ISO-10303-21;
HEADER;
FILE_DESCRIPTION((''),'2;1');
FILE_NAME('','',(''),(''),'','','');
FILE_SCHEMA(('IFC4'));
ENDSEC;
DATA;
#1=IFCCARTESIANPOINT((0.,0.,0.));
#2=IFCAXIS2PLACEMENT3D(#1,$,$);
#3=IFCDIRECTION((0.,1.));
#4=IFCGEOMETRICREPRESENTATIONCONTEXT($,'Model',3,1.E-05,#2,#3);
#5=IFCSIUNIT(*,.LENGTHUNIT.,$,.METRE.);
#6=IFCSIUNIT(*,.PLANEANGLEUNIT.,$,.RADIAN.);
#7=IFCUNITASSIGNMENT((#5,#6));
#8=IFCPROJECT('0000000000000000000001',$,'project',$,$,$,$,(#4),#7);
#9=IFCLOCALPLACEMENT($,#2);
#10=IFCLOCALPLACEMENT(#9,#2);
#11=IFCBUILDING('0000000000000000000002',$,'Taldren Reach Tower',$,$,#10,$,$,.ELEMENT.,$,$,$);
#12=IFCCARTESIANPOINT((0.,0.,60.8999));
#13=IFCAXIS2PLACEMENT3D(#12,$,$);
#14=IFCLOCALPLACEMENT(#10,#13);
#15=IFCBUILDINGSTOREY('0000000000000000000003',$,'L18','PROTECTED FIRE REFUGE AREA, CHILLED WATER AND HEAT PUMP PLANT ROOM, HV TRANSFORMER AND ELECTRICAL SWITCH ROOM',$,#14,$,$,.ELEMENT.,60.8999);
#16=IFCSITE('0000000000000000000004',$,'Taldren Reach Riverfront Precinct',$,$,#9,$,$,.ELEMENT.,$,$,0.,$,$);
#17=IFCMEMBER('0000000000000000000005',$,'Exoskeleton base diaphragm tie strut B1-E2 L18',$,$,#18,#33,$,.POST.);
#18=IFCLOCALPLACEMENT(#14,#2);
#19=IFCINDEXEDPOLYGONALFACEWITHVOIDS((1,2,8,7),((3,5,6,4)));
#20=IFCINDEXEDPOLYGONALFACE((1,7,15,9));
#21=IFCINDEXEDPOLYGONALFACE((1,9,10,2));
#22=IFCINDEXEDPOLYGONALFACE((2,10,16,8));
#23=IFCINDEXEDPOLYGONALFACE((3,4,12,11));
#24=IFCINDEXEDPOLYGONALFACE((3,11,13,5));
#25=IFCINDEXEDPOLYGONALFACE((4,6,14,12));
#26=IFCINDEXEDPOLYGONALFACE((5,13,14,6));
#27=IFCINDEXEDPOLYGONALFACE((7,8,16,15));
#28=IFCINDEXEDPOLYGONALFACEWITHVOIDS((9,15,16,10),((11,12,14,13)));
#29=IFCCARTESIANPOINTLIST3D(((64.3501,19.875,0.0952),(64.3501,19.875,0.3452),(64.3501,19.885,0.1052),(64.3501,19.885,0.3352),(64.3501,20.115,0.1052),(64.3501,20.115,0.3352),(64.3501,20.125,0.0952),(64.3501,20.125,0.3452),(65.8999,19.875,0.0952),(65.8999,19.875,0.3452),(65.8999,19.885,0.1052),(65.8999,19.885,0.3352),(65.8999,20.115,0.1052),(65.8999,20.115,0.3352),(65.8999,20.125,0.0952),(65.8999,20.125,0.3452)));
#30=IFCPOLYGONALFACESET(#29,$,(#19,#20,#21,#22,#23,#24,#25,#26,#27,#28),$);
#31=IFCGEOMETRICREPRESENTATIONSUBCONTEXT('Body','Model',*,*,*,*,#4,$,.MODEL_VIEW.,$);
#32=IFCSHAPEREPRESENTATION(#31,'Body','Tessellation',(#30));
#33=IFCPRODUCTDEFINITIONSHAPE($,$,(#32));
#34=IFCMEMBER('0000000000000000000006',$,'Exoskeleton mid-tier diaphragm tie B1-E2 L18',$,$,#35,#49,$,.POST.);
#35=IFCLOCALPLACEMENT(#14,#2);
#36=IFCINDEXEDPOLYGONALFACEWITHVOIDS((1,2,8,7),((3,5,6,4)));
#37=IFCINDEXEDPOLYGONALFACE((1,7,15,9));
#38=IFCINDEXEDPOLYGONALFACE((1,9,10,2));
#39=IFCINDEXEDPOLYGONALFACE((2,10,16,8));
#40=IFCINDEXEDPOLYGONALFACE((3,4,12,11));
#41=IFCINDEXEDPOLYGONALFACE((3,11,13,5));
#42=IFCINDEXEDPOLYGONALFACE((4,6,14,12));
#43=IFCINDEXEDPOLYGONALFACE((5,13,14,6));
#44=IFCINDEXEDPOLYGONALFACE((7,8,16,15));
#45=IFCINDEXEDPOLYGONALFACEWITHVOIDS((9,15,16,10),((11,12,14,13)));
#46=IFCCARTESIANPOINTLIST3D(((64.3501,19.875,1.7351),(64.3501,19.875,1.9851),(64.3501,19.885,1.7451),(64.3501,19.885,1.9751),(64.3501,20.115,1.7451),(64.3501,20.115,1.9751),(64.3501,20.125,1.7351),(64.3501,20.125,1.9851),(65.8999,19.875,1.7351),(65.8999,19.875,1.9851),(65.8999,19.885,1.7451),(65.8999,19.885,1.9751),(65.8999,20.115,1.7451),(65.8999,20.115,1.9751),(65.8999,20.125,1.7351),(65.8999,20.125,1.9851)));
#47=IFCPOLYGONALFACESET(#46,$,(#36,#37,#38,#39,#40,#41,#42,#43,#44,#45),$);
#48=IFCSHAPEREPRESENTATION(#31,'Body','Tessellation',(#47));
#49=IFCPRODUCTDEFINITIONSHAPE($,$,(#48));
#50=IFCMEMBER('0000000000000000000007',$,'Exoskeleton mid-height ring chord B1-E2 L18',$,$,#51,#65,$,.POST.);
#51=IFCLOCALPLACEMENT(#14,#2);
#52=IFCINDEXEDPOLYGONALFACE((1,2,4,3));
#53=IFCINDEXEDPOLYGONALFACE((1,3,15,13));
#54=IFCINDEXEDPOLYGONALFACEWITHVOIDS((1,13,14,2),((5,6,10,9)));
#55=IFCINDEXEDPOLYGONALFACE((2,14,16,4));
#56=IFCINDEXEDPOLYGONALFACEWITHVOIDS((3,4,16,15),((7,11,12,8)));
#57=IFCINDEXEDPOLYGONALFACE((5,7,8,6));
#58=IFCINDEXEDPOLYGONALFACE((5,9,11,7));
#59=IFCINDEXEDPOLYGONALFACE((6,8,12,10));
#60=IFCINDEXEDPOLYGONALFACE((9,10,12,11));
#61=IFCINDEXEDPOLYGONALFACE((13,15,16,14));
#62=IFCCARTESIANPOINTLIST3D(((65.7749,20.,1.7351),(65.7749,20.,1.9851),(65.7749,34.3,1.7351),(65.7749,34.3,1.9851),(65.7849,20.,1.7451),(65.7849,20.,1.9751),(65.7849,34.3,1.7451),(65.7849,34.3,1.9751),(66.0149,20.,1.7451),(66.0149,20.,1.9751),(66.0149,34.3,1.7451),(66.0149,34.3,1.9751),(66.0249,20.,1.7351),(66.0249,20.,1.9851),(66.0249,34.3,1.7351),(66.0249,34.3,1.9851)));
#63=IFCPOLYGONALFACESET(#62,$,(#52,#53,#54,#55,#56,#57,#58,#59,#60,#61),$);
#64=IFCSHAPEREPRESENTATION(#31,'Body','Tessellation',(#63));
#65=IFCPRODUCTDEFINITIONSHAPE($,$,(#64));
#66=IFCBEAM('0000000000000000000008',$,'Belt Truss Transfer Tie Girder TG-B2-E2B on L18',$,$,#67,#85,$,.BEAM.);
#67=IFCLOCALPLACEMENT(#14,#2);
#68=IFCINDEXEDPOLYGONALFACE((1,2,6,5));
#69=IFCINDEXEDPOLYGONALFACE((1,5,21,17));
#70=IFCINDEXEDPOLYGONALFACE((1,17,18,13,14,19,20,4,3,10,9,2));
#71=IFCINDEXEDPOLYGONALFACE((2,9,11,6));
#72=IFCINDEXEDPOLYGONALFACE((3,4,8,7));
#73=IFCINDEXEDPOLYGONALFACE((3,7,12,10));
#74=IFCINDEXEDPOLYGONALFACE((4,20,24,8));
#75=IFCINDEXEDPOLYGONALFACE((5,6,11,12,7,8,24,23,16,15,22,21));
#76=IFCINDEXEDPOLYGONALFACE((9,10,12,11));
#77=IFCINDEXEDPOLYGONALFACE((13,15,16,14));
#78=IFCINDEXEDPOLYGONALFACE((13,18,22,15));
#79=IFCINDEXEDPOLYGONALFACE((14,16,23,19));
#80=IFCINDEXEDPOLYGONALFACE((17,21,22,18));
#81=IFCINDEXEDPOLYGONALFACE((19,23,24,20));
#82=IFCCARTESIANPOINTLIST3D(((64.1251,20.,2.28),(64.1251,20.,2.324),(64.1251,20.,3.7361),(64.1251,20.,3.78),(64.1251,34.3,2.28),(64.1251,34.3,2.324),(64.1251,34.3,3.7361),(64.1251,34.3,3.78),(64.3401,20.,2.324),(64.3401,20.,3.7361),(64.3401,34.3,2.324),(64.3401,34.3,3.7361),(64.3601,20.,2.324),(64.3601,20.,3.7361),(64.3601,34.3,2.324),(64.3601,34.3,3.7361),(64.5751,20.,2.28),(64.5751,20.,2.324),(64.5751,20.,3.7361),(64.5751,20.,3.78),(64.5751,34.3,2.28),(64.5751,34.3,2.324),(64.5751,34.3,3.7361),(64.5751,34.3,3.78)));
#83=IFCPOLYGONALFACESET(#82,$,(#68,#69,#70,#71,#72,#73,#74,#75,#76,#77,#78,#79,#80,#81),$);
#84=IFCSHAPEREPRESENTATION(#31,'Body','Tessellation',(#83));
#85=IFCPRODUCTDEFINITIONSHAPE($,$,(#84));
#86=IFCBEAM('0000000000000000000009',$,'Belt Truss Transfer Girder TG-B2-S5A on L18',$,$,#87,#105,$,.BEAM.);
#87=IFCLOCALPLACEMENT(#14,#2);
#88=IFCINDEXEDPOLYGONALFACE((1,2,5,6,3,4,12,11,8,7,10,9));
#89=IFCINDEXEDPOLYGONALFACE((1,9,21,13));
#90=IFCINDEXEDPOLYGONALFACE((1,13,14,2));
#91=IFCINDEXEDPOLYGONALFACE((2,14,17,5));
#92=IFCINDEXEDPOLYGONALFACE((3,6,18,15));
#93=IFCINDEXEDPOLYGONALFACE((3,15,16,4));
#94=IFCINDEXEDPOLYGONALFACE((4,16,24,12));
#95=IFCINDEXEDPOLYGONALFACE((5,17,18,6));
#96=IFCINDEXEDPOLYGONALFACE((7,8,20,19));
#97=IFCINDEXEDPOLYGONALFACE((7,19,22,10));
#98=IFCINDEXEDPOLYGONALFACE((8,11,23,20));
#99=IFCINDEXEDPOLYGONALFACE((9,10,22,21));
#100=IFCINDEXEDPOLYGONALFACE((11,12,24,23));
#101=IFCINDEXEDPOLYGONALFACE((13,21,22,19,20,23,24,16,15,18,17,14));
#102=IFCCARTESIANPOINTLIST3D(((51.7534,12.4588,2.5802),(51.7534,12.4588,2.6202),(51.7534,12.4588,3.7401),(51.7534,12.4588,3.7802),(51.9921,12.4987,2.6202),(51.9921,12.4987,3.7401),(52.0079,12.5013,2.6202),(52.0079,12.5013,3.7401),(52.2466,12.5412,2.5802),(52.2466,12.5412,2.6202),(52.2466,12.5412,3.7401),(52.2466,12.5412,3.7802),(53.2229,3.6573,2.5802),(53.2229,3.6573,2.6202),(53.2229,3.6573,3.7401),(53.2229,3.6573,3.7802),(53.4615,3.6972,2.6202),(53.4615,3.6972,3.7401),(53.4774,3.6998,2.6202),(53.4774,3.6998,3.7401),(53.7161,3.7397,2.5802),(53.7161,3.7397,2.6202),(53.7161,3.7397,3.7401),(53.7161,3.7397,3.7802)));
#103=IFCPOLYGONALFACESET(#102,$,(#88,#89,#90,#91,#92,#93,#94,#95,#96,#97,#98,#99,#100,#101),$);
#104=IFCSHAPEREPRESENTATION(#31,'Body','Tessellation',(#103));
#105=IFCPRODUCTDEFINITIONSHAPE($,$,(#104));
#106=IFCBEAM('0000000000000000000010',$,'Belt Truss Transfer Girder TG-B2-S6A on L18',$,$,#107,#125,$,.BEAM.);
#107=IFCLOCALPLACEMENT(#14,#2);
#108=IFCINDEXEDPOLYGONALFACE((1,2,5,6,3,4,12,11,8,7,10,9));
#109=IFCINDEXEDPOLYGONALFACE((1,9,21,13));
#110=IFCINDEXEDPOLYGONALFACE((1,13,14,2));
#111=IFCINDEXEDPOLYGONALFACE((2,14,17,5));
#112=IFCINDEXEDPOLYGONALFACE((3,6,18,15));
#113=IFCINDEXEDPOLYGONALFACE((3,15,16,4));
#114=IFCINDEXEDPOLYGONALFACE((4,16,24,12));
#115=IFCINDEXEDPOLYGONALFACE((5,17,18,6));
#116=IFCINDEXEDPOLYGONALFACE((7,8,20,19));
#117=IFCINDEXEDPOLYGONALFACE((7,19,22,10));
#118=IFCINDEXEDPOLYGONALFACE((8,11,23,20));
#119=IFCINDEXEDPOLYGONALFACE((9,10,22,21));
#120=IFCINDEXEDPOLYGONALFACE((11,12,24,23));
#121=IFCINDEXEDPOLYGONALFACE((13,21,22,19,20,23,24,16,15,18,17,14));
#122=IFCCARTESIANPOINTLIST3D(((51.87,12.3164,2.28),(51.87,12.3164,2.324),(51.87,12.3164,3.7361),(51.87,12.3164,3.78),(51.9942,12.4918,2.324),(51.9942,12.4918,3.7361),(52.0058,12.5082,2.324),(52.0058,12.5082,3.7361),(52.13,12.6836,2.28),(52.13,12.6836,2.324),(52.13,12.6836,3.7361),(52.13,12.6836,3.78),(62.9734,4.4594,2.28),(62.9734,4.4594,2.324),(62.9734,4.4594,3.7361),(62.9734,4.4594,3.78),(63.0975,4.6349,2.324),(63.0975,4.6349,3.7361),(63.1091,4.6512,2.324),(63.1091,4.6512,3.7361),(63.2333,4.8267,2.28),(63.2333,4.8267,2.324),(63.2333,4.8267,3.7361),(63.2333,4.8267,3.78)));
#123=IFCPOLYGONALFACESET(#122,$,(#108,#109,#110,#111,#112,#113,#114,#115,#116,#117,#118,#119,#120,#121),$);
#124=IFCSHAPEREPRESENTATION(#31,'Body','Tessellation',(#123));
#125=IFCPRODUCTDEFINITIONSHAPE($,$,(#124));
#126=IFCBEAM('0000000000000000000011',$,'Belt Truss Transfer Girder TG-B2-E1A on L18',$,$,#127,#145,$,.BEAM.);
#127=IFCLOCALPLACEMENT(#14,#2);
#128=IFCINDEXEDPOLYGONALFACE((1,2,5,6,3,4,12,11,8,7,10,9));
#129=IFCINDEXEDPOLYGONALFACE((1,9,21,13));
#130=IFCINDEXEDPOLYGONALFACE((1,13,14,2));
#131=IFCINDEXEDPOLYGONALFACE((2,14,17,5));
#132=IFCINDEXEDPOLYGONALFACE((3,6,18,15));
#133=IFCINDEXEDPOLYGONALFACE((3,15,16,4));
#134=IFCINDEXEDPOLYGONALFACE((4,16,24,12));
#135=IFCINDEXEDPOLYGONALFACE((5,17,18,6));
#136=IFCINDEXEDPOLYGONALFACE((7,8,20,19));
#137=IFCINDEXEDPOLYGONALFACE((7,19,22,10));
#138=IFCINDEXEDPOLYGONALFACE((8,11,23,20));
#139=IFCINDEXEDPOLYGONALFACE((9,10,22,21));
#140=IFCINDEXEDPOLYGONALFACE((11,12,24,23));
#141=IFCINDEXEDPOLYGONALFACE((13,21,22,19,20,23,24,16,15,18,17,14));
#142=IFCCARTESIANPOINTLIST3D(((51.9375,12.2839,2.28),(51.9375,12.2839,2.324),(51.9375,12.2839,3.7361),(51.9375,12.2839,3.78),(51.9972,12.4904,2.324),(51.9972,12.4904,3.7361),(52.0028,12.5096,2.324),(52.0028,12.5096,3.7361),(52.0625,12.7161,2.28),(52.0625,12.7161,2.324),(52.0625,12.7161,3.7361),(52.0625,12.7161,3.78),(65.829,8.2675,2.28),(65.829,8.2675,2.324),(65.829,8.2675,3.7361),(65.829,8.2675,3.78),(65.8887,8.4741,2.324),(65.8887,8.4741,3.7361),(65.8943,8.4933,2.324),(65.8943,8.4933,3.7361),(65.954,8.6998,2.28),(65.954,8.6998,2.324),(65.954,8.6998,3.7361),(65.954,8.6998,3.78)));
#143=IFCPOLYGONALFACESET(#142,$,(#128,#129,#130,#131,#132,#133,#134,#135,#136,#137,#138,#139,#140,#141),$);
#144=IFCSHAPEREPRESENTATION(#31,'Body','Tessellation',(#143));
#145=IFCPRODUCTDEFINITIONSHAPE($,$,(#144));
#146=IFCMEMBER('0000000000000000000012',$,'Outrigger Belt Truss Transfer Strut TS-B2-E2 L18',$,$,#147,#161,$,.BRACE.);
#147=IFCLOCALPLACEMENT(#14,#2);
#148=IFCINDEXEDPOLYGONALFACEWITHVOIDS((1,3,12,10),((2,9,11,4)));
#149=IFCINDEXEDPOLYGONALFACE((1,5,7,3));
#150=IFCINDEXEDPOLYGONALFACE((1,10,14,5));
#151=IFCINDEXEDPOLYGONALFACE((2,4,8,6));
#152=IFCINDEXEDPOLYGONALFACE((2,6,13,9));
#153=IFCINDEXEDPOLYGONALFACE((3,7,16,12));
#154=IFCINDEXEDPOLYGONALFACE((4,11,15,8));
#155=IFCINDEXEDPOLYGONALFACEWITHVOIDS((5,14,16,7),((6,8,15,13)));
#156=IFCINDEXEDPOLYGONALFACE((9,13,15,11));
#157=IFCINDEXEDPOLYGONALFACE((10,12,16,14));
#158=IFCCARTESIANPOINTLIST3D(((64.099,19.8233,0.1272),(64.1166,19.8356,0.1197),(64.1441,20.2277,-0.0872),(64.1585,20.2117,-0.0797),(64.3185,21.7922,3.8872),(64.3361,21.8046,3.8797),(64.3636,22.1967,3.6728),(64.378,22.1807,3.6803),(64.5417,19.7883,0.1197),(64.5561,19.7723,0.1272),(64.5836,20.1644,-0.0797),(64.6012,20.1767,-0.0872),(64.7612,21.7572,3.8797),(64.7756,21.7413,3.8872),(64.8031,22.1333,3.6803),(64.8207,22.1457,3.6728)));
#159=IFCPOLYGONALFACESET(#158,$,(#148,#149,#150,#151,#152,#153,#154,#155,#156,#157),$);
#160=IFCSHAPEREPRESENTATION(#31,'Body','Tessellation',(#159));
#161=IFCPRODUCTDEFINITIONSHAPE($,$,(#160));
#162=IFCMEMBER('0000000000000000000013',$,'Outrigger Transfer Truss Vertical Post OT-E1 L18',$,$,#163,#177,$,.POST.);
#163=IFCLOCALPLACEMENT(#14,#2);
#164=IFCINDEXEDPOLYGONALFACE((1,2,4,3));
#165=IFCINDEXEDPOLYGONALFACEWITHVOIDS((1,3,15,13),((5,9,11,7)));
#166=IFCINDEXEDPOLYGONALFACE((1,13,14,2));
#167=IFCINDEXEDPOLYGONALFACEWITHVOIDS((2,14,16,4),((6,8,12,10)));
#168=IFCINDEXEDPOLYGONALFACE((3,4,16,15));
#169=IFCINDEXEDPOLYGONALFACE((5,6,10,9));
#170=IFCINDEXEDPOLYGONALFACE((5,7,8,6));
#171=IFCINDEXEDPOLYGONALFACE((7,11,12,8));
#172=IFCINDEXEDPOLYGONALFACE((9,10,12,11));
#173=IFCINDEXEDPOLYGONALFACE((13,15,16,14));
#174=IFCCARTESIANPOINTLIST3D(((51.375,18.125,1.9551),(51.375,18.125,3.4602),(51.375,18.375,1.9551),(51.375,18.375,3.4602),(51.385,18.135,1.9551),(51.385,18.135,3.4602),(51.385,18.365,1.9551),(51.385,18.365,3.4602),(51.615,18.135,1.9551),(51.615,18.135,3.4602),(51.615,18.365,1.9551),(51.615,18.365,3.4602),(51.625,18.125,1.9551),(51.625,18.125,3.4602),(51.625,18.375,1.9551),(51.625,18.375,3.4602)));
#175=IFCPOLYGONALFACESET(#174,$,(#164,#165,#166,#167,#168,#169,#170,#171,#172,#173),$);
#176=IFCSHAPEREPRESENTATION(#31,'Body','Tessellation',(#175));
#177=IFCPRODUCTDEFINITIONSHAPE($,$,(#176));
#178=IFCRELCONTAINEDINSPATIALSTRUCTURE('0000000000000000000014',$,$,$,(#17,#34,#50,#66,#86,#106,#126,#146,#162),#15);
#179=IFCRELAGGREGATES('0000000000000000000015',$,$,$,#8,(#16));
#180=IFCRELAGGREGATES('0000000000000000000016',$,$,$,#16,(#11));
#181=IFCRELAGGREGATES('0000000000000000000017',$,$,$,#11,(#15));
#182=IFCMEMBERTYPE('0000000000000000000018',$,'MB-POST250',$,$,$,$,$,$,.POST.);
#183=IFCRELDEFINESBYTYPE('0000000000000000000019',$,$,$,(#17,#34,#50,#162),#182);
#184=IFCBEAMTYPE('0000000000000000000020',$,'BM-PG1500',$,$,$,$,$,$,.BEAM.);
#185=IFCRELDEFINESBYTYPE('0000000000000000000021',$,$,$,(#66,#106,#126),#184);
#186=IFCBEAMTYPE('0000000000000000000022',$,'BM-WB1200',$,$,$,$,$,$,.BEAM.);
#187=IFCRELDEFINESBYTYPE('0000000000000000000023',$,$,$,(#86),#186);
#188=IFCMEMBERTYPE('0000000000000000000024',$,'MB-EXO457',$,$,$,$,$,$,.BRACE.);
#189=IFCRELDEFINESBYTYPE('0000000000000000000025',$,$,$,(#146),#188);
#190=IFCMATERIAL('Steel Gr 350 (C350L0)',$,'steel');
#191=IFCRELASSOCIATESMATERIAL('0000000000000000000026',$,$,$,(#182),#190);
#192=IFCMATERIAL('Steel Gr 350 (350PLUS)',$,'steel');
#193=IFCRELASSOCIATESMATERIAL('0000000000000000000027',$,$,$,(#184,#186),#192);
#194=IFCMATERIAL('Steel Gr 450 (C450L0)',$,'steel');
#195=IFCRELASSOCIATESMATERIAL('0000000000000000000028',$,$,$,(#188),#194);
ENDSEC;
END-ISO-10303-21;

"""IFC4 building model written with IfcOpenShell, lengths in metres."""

from ifc_helpers import new_model, si_unit, direction, frame, origin, origin_2d, place, context, subcontext, project, spatial, hollow_rectangle, i_section, extrude, source, transform, mapped, material, material_profile, profile_set, type_object, element, save


model = new_model("IFC4")

# Units and contexts
model_context = context("Model", 3, precision=1e-05, world=origin(), true_north=direction((0.0, 1.0)))
body_context = subcontext(model_context, "Body", "Model", "MODEL_VIEW")
ifc_project = project(units=[si_unit("LENGTHUNIT", "METRE"), si_unit("PLANEANGLEUNIT", "RADIAN")], contexts=[model_context])

# Site, building, storey
site_placement = place(None, origin())
site = spatial("IfcSite", under=ifc_project, at=site_placement, Name="Taldren Reach Riverfront Precinct", CompositionType="ELEMENT", RefElevation=0.0)
building_placement = place(site_placement, origin())
building = spatial("IfcBuilding", under=site, at=building_placement, Name="Taldren Reach Tower", CompositionType="ELEMENT")
storey_placement = place(building_placement, frame((0.0, 0.0, 60.8999)))
storey = spatial("IfcBuildingStorey", under=building, at=storey_placement, Name="L18", Description="PROTECTED FIRE REFUGE AREA, CHILLED WATER AND HEAT PUMP PLANT ROOM, HV TRANSFORMER AND ELECTRICAL SWITCH ROOM", CompositionType="ELEMENT", Elevation=60.8999)

# Shared definitions
ifc_material_1 = material(Name="Steel Gr 350 (350PLUS)", Category="steel")

# Members
ifc_material_2 = material(Name="Steel Gr 450 (C450L0)", Category="steel")
ifc_material_3 = material(Name="Steel Gr 350 (C350L0)", Category="steel")
ifc_material_profile_1 = material_profile(ifc_material_3, hollow_rectangle(XDim=0.25, YDim=0.25, WallThickness=0.01, at=origin_2d()), Name="250x250x10.0SHS")
ifc_profile_set_1 = profile_set([ifc_material_profile_1], Name="Steel Gr 350 (C350L0)")
member_type_1 = type_object("IfcMemberType", Name="MB-POST250", PredefinedType="POST", material=ifc_profile_set_1)
shared_shape_1 = source(origin(), body_context, "Body", "SweptSolid", [
    extrude(hollow_rectangle(XDim=0.25, YDim=0.25, WallThickness=0.01, at=origin_2d()), origin(), (0.0, 0.0, 1.0), 1.5498),
])
for number, where, z_axis, x_axis, name in (
    (1, (64.3501, 20.0, 0.2202), (1.0, 0.0, 0.0), (0.0, 1.0, 0.0), "Exoskeleton base diaphragm tie strut B1-E2 L18"),
    (2, (64.3501, 20.0, 1.8601), (1.0, 0.0, 0.0), (0.0, 1.0, 0.0), "Exoskeleton mid-tier diaphragm tie B1-E2 L18"),
):
    element("IfcMember", number, at=place(storey_placement, frame(where, z_axis=z_axis, x_axis=x_axis)), inside=storey, type_object=member_type_1, Name=name, PredefinedType="POST", context=body_context, shape_type="MappedRepresentation", body=[
        mapped(shared_shape_1, transform((0.0, 0.0, 0.0), scale=1.0)),
    ])
shared_shape_2 = source(origin(), body_context, "Body", "SweptSolid", [
    extrude(hollow_rectangle(XDim=0.25, YDim=0.25, WallThickness=0.01, at=origin_2d()), origin(), (0.0, 0.0, 1.0), 14.3),
])
member_1_placement = place(storey_placement, frame((65.8999, 20.0, 1.8601), z_axis=(0.0, 1.0, 0.0), x_axis=(-1.0, 0.0, 0.0)))
element("IfcMember", 3, at=member_1_placement, inside=storey, type_object=member_type_1, Name="Exoskeleton mid-height ring chord B1-E2 L18", PredefinedType="POST", context=body_context, shape_type="MappedRepresentation", body=[
    mapped(shared_shape_2, transform((0.0, 0.0, 0.0), scale=1.0)),
])

# Beams
ifc_material_profile_2 = material_profile(ifc_material_1, i_section(OverallWidth=0.45, OverallDepth=1.5, WebThickness=0.02, FlangeThickness=0.0439, at=origin_2d()), Name="1500WB550")
ifc_profile_set_2 = profile_set([ifc_material_profile_2], Name="Steel Gr 350 (350PLUS)")
beam_type_1 = type_object("IfcBeamType", Name="BM-PG1500", PredefinedType="BEAM", material=ifc_profile_set_2)
shared_shape_3 = source(origin(), body_context, "Body", "SweptSolid", [
    extrude(i_section(OverallWidth=0.45, OverallDepth=1.5, WebThickness=0.02, FlangeThickness=0.0439, at=origin_2d()), origin(), (0.0, 0.0, 1.0), 14.3),
])
beam_1_placement = place(storey_placement, frame((64.3501, 20.0, 3.03), z_axis=(0.0, 1.0, 0.0), x_axis=(-1.0, 0.0, 0.0)))
element("IfcBeam", 4, at=beam_1_placement, inside=storey, type_object=beam_type_1, Name="Belt Truss Transfer Tie Girder TG-B2-E2B on L18", PredefinedType="BEAM", context=body_context, shape_type="MappedRepresentation", body=[
    mapped(shared_shape_3, transform((0.0, 0.0, 0.0), scale=1.0)),
])
ifc_material_profile_3 = material_profile(ifc_material_1, i_section(OverallWidth=0.5, OverallDepth=1.2, WebThickness=0.0161, FlangeThickness=0.04, at=origin_2d()), Name="1200WB455")
ifc_profile_set_3 = profile_set([ifc_material_profile_3], Name="Steel Gr 350 (350PLUS)")
beam_type_2 = type_object("IfcBeamType", Name="BM-WB1200", PredefinedType="BEAM", material=ifc_profile_set_3)
shared_shape_4 = source(origin(), body_context, "Body", "SweptSolid", [
    extrude(i_section(OverallWidth=0.5, OverallDepth=1.2, WebThickness=0.0161, FlangeThickness=0.04, at=origin_2d()), origin(), (0.0, 0.0, 1.0), 8.9233),
])
beam_2_placement = place(storey_placement, frame((52.0, 12.5, 3.1802), z_axis=(0.164678, -0.986347, 0.0), x_axis=(0.986347, 0.164678, 0.0)))
element("IfcBeam", 5, at=beam_2_placement, inside=storey, type_object=beam_type_2, Name="Belt Truss Transfer Girder TG-B2-S5A on L18", PredefinedType="BEAM", context=body_context, shape_type="MappedRepresentation", body=[
    mapped(shared_shape_4, transform((0.0, 0.0, 0.0), scale=1.0)),
])
shared_shape_5 = source(origin(), body_context, "Body", "SweptSolid", [
    extrude(i_section(OverallWidth=0.45, OverallDepth=1.5, WebThickness=0.02, FlangeThickness=0.0439, at=origin_2d()), origin(), (0.0, 0.0, 1.0), 13.6021),
])
beam_3_placement = place(storey_placement, frame((52.0, 12.5, 3.03), z_axis=(0.816298, -0.577631, 0.0), x_axis=(0.577631, 0.816298, 0.0)))
element("IfcBeam", 6, at=beam_3_placement, inside=storey, type_object=beam_type_1, Name="Belt Truss Transfer Girder TG-B2-S6A on L18", PredefinedType="BEAM", context=body_context, shape_type="MappedRepresentation", body=[
    mapped(shared_shape_5, transform((0.0, 0.0, 0.0), scale=1.0)),
])
shared_shape_6 = source(origin(), body_context, "Body", "SweptSolid", [
    extrude(i_section(OverallWidth=0.45, OverallDepth=1.5, WebThickness=0.02, FlangeThickness=0.0439, at=origin_2d()), origin(), (0.0, 0.0, 1.0), 14.4604),
])
beam_4_placement = place(storey_placement, frame((52.0, 12.5, 3.03), z_axis=(0.960655, -0.277746, 0.0), x_axis=(0.277746, 0.960655, 0.0)))
element("IfcBeam", 7, at=beam_4_placement, inside=storey, type_object=beam_type_1, Name="Belt Truss Transfer Girder TG-B2-E1A on L18", PredefinedType="BEAM", context=body_context, shape_type="MappedRepresentation", body=[
    mapped(shared_shape_6, transform((0.0, 0.0, 0.0), scale=1.0)),
])

# Members
ifc_material_profile_4 = material_profile(ifc_material_2, hollow_rectangle(XDim=0.46, YDim=0.46, WallThickness=0.0161, at=origin_2d()), Name="460x460x16.0SHS")
ifc_profile_set_4 = profile_set([ifc_material_profile_4], Name="Steel Gr 450 (C450L0)")
member_type_2 = type_object("IfcMemberType", Name="MB-EXO457", PredefinedType="BRACE", material=ifc_profile_set_4)
shared_shape_7 = source(origin(), body_context, "Body", "SweptSolid", [
    extrude(hollow_rectangle(XDim=0.46, YDim=0.46, WallThickness=0.0161, at=origin_2d()), origin(), (0.0, 0.0, 1.0), 4.25),
])
member_2_placement = place(storey_placement, frame((64.3501, 20.0, 0.02), z_axis=(0.051643, 0.463289, 0.884701), x_axis=(-0.993845, 0.110783, 0.0)))
element("IfcMember", 8, at=member_2_placement, inside=storey, type_object=member_type_2, Name="Outrigger Belt Truss Transfer Strut TS-B2-E2 L18", PredefinedType="BRACE", context=body_context, shape_type="MappedRepresentation", body=[
    mapped(shared_shape_7, transform((0.0, 0.0, 0.0), scale=1.0)),
])
shared_shape_8 = source(origin(), body_context, "Body", "SweptSolid", [
    extrude(hollow_rectangle(XDim=0.25, YDim=0.25, WallThickness=0.01, at=origin_2d()), origin(), (0.0, 0.0, 1.0), 1.5051),
])
member_3_placement = place(storey_placement, frame((51.5, 18.25, 1.9551), z_axis=(0.0, 0.0, 1.0), x_axis=(1.0, 0.0, 0.0)))
element("IfcMember", 9, at=member_3_placement, inside=storey, type_object=member_type_1, Name="Outrigger Transfer Truss Vertical Post OT-E1 L18", PredefinedType="POST", context=body_context, shape_type="MappedRepresentation", body=[
    mapped(shared_shape_8, transform((0.0, 0.0, 0.0), scale=1.0)),
])

save(model, "model.ifc")
